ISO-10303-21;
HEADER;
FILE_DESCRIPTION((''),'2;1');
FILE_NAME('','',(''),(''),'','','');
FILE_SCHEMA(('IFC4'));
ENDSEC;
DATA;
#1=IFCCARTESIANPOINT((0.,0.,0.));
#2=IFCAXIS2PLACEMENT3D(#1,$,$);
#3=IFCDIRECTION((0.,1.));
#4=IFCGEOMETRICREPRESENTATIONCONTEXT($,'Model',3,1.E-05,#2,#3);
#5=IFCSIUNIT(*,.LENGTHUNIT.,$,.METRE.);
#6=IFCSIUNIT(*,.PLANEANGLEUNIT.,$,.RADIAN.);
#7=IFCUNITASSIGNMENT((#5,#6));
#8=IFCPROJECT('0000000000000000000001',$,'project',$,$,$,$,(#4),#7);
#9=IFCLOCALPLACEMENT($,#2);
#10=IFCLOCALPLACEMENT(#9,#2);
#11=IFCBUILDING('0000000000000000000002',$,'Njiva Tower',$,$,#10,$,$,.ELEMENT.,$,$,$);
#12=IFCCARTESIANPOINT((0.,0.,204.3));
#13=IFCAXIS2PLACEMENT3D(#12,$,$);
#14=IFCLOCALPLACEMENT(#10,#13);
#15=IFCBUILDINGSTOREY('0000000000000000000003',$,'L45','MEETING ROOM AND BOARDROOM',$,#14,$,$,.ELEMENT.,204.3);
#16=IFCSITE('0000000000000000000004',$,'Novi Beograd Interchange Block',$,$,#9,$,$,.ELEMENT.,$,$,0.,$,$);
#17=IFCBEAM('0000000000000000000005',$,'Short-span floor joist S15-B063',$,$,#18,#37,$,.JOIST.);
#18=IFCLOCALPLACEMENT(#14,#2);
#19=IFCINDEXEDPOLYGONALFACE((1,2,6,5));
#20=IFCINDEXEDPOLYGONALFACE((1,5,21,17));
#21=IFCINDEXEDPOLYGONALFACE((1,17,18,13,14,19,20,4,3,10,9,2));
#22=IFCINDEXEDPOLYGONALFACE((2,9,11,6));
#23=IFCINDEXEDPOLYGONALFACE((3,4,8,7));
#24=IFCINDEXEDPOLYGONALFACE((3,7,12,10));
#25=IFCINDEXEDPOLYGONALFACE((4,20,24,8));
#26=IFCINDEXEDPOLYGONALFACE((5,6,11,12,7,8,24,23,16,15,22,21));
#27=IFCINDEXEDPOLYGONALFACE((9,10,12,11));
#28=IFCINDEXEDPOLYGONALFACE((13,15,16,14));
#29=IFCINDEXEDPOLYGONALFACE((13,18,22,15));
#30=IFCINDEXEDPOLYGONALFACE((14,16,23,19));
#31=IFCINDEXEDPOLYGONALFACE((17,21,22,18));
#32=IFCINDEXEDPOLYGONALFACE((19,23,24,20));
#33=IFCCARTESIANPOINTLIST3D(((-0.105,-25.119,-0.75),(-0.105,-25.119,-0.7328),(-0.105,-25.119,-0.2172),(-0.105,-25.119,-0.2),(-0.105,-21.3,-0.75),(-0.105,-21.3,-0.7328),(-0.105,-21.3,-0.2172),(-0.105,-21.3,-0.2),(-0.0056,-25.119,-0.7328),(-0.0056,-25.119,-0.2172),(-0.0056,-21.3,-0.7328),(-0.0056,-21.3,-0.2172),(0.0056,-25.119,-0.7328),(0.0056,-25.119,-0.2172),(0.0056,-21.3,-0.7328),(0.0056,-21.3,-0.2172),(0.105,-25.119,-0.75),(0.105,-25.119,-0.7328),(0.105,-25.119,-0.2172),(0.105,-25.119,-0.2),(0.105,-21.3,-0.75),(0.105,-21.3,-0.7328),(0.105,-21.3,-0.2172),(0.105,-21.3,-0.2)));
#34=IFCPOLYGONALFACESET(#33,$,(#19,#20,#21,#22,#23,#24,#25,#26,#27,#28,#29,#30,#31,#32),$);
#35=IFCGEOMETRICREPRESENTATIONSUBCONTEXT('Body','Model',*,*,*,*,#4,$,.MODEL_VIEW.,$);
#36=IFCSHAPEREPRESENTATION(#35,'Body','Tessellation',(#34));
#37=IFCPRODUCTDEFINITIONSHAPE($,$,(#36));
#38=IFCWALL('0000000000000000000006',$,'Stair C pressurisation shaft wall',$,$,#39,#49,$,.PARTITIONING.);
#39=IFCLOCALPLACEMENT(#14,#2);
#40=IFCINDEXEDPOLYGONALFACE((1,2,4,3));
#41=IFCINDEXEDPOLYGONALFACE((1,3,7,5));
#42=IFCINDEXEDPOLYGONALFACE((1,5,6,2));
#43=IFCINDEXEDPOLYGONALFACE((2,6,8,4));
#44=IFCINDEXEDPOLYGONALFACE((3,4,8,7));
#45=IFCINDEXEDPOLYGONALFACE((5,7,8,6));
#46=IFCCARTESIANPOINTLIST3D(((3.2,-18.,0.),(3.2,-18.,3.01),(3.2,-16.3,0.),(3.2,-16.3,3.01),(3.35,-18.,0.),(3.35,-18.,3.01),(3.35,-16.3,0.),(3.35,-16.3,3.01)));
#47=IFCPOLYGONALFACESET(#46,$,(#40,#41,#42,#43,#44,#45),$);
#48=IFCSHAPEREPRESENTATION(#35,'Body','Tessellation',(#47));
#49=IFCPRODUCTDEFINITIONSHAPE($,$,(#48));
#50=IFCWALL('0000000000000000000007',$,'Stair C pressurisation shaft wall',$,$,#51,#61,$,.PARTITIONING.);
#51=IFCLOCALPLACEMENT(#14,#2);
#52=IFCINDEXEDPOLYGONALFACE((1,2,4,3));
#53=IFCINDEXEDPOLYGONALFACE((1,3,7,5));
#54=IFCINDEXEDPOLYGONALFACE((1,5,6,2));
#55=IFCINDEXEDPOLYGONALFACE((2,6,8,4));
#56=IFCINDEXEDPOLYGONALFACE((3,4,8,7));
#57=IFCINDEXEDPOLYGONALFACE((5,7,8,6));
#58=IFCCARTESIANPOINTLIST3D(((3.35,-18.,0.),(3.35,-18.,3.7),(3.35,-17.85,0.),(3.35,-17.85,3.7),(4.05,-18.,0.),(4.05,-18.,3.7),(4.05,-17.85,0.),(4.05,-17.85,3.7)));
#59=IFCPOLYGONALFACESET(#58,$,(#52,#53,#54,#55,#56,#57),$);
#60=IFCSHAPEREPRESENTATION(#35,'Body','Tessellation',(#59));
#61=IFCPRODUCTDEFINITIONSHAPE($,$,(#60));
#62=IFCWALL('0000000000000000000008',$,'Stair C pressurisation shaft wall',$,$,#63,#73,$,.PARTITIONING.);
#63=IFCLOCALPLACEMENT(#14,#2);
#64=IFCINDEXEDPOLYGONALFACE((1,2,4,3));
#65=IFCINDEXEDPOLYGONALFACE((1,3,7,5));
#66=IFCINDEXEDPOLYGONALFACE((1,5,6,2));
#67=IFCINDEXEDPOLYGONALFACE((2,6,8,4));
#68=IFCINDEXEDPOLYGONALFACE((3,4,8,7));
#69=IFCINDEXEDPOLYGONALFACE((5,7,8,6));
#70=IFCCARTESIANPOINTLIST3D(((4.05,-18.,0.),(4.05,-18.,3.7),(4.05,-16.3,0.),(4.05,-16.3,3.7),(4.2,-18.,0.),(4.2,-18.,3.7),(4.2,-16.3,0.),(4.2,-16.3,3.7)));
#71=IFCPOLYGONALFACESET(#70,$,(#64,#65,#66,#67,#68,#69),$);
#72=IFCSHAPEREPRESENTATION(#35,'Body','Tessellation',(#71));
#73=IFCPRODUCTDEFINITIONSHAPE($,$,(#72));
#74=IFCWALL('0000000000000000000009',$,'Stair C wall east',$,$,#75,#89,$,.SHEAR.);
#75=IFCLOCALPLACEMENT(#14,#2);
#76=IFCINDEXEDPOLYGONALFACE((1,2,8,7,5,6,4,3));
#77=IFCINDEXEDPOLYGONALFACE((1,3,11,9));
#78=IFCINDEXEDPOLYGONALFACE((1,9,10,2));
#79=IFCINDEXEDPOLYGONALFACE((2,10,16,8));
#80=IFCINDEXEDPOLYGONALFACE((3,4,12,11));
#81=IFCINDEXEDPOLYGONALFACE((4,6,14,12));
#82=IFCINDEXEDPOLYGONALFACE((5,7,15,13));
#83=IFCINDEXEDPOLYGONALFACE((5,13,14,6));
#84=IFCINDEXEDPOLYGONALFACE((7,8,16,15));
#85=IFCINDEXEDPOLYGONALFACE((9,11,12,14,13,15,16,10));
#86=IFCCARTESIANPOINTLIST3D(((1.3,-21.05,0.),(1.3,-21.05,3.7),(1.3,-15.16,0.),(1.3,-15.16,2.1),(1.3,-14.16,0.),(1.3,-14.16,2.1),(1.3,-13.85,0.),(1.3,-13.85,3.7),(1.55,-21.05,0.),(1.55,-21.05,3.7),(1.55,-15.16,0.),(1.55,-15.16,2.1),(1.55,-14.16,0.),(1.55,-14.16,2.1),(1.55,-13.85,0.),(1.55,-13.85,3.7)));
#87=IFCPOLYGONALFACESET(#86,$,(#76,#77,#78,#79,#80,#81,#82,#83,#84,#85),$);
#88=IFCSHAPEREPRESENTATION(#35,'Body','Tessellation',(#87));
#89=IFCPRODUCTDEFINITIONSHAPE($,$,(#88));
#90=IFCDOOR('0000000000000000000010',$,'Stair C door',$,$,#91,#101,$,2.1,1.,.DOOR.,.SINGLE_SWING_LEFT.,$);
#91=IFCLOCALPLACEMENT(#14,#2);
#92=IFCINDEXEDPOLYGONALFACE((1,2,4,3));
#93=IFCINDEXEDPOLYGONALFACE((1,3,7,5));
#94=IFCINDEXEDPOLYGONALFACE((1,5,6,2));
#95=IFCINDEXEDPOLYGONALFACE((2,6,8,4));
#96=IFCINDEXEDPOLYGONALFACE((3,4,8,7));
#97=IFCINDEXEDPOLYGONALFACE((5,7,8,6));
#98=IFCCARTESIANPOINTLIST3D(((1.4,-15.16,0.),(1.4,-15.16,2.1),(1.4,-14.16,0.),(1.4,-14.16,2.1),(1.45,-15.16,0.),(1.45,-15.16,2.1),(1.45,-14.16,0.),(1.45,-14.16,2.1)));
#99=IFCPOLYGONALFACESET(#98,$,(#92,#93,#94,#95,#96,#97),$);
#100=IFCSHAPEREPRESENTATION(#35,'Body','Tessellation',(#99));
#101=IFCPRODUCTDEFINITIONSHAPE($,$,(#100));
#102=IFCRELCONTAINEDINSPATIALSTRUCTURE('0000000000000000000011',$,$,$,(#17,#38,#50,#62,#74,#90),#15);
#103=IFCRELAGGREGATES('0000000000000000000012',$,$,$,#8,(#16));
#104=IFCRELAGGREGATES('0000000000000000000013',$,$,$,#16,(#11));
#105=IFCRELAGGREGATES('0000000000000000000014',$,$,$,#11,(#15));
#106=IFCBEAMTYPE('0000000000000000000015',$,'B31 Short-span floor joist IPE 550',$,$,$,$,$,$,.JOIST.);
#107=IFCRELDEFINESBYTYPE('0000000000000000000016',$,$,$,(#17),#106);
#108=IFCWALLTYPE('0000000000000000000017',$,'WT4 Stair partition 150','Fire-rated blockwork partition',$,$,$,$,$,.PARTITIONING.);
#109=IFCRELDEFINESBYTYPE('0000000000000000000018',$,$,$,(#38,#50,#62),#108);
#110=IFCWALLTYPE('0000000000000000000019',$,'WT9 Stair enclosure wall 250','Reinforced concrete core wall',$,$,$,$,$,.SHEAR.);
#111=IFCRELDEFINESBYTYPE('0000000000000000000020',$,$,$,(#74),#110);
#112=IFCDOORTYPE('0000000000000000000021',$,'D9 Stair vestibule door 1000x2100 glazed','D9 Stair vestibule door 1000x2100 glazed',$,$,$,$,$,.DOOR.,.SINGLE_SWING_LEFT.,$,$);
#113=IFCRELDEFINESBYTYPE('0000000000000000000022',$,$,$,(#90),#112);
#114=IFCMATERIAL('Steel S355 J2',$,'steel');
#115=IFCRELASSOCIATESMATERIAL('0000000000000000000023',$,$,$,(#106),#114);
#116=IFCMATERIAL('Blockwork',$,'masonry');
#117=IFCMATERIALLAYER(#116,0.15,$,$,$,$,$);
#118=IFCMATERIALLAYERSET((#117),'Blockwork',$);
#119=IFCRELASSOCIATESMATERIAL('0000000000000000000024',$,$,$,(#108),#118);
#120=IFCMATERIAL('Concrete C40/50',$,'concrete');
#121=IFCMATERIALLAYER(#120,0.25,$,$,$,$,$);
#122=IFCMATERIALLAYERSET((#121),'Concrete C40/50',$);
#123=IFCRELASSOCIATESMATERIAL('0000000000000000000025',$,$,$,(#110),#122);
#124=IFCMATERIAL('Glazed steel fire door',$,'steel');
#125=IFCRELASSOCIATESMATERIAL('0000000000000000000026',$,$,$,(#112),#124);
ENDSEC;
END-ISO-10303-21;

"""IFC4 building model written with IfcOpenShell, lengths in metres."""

from ifc_helpers import new_model, si_unit, direction, frame, frame_2d, origin, origin_2d, place, context, subcontext, project, spatial, rectangle, i_section, extrude, material, layer, layer_set, material_profile, profile_set, type_object, element, fill, save


model = new_model("IFC4")

# Units and contexts
model_context = context("Model", 3, precision=1e-05, world=origin(), true_north=direction((0.0, 1.0)))
body_context = subcontext(model_context, "Body", "Model", "MODEL_VIEW")
ifc_project = project(units=[si_unit("LENGTHUNIT", "METRE"), si_unit("PLANEANGLEUNIT", "RADIAN")], contexts=[model_context])

# Site, building, storey
site_placement = place(None, origin())
site = spatial("IfcSite", under=ifc_project, at=site_placement, Name="Novi Beograd Interchange Block", CompositionType="ELEMENT", RefElevation=0.0)
building_placement = place(site_placement, origin())
building = spatial("IfcBuilding", under=site, at=building_placement, Name="Njiva Tower", CompositionType="ELEMENT")
storey_placement = place(building_placement, frame((0.0, 0.0, 204.3)))
storey = spatial("IfcBuildingStorey", under=building, at=storey_placement, Name="L45", Description="MEETING ROOM AND BOARDROOM", CompositionType="ELEMENT", Elevation=204.3)

# Shared definitions
ifc_material_1 = material(Name="Steel S355 J2", Category="steel")

# Beam
ifc_material_profile_1 = material_profile(ifc_material_1, i_section(OverallWidth=0.21, OverallDepth=0.55, WebThickness=0.0111, FlangeThickness=0.0172, at=origin_2d()), Name="IPE 550")
ifc_profile_set_1 = profile_set([ifc_material_profile_1], Name="Steel S355 J2")
beam_type_1 = type_object("IfcBeamType", Name="B31 Short-span floor joist IPE 550", PredefinedType="JOIST", material=ifc_profile_set_1)
beam_1_placement = place(storey_placement, frame((0.0, -21.3, -0.475), z_axis=(0.0, -1.0, 0.0), x_axis=(1.0, 0.0, 0.0)))
element("IfcBeam", 1, at=beam_1_placement, inside=storey, type_object=beam_type_1, Name="Short-span floor joist S15-B063", PredefinedType="JOIST", context=body_context, shape_type="SweptSolid", body=[
    extrude(i_section(OverallWidth=0.21, OverallDepth=0.55, WebThickness=0.0111, FlangeThickness=0.0172, at=origin_2d()), origin(), (0.0, 0.0, 1.0), 3.819),
])

# Walls
ifc_material_2 = material(Name="Blockwork", Category="masonry")
ifc_layer_1 = layer(ifc_material_2, 0.15)
ifc_layer_set_1 = layer_set([ifc_layer_1], Name="Blockwork")
wall_type_1 = type_object("IfcWallType", Name="WT4 Stair partition 150", Description="Fire-rated blockwork partition", PredefinedType="PARTITIONING", material=ifc_layer_set_1)
wall_1_placement = place(storey_placement, frame((3.275, -18.0, 0.0), z_axis=(0.0, 0.0, 1.0), x_axis=(0.0, 1.0, 0.0)))
element("IfcWall", 2, at=wall_1_placement, inside=storey, type_object=wall_type_1, Name="Stair C pressurisation shaft wall", PredefinedType="PARTITIONING", context=body_context, shape_type="SweptSolid", body=[
    extrude(rectangle(XDim=1.7, YDim=0.15, at=frame_2d((0.85, 0.0))), origin(), (0.0, 0.0, 1.0), 3.01),
])
wall_2_placement = place(storey_placement, frame((3.35, -17.925, 0.0), z_axis=(0.0, 0.0, 1.0), x_axis=(1.0, 0.0, 0.0)))
element("IfcWall", 3, at=wall_2_placement, inside=storey, type_object=wall_type_1, Name="Stair C pressurisation shaft wall", PredefinedType="PARTITIONING", context=body_context, shape_type="SweptSolid", body=[
    extrude(rectangle(XDim=0.7, YDim=0.15, at=frame_2d((0.35, 0.0))), origin(), (0.0, 0.0, 1.0), 3.7),
])
wall_3_placement = place(storey_placement, frame((4.125, -18.0, 0.0), z_axis=(0.0, 0.0, 1.0), x_axis=(0.0, 1.0, 0.0)))
element("IfcWall", 4, at=wall_3_placement, inside=storey, type_object=wall_type_1, Name="Stair C pressurisation shaft wall", PredefinedType="PARTITIONING", context=body_context, shape_type="SweptSolid", body=[
    extrude(rectangle(XDim=1.7, YDim=0.15, at=frame_2d((0.85, 0.0))), origin(), (0.0, 0.0, 1.0), 3.7),
])

# Wall, opening, door
ifc_material_3 = material(Name="Concrete C40/50", Category="concrete")
ifc_layer_2 = layer(ifc_material_3, 0.25)
ifc_layer_set_2 = layer_set([ifc_layer_2], Name="Concrete C40/50")
wall_type_2 = type_object("IfcWallType", Name="WT9 Stair enclosure wall 250", Description="Reinforced concrete core wall", PredefinedType="SHEAR", material=ifc_layer_set_2)
wall_4_placement = place(storey_placement, frame((1.425, -21.05, 0.0), z_axis=(0.0, 0.0, 1.0), x_axis=(0.0, 1.0, 0.0)))
wall_4 = element("IfcWall", 5, at=wall_4_placement, inside=storey, type_object=wall_type_2, Name="Stair C wall east", PredefinedType="SHEAR", context=body_context, shape_type="SweptSolid", body=[
    extrude(rectangle(XDim=7.2, YDim=0.25, at=frame_2d((3.6, 0.0))), origin(), (0.0, 0.0, 1.0), 3.7),
])
opening_1_placement = place(wall_4_placement, frame((5.89, 0.0, 0.0)))
opening_1 = element("IfcOpeningElement", 6, at=opening_1_placement, cuts=wall_4, PredefinedType="OPENING", context=body_context, shape_type="SweptSolid", body=[
    extrude(rectangle(XDim=1.0, YDim=2.1, at=frame_2d((0.5, 1.05))), frame((0.0, 0.135, 0.0), z_axis=(0.0, -1.0, 0.0), x_axis=(1.0, 0.0, 0.0)), (0.0, 0.0, 1.0), 0.27),
])
ifc_material_4 = material(Name="Glazed steel fire door", Category="steel")
door_type = type_object("IfcDoorType", Name="D9 Stair vestibule door 1000x2100 glazed", Description="D9 Stair vestibule door 1000x2100 glazed", OperationType="SINGLE_SWING_LEFT", PredefinedType="DOOR", material=ifc_material_4)
door_placement = place(opening_1_placement, origin())
door = element("IfcDoor", 7, at=door_placement, inside=storey, type_object=door_type, Name="Stair C door", OperationType="SINGLE_SWING_LEFT", OverallHeight=2.1, OverallWidth=1.0, PredefinedType="DOOR", context=body_context, shape_type="SweptSolid", body=[
    extrude(rectangle(XDim=1.0, YDim=2.1, at=frame_2d((0.5, 1.05))), frame((0.0, 0.025, 0.0), z_axis=(0.0, -1.0, 0.0), x_axis=(1.0, 0.0, 0.0)), (0.0, 0.0, 1.0), 0.05),
])
fill(opening_1, door)

save(model, "model.ifc")
